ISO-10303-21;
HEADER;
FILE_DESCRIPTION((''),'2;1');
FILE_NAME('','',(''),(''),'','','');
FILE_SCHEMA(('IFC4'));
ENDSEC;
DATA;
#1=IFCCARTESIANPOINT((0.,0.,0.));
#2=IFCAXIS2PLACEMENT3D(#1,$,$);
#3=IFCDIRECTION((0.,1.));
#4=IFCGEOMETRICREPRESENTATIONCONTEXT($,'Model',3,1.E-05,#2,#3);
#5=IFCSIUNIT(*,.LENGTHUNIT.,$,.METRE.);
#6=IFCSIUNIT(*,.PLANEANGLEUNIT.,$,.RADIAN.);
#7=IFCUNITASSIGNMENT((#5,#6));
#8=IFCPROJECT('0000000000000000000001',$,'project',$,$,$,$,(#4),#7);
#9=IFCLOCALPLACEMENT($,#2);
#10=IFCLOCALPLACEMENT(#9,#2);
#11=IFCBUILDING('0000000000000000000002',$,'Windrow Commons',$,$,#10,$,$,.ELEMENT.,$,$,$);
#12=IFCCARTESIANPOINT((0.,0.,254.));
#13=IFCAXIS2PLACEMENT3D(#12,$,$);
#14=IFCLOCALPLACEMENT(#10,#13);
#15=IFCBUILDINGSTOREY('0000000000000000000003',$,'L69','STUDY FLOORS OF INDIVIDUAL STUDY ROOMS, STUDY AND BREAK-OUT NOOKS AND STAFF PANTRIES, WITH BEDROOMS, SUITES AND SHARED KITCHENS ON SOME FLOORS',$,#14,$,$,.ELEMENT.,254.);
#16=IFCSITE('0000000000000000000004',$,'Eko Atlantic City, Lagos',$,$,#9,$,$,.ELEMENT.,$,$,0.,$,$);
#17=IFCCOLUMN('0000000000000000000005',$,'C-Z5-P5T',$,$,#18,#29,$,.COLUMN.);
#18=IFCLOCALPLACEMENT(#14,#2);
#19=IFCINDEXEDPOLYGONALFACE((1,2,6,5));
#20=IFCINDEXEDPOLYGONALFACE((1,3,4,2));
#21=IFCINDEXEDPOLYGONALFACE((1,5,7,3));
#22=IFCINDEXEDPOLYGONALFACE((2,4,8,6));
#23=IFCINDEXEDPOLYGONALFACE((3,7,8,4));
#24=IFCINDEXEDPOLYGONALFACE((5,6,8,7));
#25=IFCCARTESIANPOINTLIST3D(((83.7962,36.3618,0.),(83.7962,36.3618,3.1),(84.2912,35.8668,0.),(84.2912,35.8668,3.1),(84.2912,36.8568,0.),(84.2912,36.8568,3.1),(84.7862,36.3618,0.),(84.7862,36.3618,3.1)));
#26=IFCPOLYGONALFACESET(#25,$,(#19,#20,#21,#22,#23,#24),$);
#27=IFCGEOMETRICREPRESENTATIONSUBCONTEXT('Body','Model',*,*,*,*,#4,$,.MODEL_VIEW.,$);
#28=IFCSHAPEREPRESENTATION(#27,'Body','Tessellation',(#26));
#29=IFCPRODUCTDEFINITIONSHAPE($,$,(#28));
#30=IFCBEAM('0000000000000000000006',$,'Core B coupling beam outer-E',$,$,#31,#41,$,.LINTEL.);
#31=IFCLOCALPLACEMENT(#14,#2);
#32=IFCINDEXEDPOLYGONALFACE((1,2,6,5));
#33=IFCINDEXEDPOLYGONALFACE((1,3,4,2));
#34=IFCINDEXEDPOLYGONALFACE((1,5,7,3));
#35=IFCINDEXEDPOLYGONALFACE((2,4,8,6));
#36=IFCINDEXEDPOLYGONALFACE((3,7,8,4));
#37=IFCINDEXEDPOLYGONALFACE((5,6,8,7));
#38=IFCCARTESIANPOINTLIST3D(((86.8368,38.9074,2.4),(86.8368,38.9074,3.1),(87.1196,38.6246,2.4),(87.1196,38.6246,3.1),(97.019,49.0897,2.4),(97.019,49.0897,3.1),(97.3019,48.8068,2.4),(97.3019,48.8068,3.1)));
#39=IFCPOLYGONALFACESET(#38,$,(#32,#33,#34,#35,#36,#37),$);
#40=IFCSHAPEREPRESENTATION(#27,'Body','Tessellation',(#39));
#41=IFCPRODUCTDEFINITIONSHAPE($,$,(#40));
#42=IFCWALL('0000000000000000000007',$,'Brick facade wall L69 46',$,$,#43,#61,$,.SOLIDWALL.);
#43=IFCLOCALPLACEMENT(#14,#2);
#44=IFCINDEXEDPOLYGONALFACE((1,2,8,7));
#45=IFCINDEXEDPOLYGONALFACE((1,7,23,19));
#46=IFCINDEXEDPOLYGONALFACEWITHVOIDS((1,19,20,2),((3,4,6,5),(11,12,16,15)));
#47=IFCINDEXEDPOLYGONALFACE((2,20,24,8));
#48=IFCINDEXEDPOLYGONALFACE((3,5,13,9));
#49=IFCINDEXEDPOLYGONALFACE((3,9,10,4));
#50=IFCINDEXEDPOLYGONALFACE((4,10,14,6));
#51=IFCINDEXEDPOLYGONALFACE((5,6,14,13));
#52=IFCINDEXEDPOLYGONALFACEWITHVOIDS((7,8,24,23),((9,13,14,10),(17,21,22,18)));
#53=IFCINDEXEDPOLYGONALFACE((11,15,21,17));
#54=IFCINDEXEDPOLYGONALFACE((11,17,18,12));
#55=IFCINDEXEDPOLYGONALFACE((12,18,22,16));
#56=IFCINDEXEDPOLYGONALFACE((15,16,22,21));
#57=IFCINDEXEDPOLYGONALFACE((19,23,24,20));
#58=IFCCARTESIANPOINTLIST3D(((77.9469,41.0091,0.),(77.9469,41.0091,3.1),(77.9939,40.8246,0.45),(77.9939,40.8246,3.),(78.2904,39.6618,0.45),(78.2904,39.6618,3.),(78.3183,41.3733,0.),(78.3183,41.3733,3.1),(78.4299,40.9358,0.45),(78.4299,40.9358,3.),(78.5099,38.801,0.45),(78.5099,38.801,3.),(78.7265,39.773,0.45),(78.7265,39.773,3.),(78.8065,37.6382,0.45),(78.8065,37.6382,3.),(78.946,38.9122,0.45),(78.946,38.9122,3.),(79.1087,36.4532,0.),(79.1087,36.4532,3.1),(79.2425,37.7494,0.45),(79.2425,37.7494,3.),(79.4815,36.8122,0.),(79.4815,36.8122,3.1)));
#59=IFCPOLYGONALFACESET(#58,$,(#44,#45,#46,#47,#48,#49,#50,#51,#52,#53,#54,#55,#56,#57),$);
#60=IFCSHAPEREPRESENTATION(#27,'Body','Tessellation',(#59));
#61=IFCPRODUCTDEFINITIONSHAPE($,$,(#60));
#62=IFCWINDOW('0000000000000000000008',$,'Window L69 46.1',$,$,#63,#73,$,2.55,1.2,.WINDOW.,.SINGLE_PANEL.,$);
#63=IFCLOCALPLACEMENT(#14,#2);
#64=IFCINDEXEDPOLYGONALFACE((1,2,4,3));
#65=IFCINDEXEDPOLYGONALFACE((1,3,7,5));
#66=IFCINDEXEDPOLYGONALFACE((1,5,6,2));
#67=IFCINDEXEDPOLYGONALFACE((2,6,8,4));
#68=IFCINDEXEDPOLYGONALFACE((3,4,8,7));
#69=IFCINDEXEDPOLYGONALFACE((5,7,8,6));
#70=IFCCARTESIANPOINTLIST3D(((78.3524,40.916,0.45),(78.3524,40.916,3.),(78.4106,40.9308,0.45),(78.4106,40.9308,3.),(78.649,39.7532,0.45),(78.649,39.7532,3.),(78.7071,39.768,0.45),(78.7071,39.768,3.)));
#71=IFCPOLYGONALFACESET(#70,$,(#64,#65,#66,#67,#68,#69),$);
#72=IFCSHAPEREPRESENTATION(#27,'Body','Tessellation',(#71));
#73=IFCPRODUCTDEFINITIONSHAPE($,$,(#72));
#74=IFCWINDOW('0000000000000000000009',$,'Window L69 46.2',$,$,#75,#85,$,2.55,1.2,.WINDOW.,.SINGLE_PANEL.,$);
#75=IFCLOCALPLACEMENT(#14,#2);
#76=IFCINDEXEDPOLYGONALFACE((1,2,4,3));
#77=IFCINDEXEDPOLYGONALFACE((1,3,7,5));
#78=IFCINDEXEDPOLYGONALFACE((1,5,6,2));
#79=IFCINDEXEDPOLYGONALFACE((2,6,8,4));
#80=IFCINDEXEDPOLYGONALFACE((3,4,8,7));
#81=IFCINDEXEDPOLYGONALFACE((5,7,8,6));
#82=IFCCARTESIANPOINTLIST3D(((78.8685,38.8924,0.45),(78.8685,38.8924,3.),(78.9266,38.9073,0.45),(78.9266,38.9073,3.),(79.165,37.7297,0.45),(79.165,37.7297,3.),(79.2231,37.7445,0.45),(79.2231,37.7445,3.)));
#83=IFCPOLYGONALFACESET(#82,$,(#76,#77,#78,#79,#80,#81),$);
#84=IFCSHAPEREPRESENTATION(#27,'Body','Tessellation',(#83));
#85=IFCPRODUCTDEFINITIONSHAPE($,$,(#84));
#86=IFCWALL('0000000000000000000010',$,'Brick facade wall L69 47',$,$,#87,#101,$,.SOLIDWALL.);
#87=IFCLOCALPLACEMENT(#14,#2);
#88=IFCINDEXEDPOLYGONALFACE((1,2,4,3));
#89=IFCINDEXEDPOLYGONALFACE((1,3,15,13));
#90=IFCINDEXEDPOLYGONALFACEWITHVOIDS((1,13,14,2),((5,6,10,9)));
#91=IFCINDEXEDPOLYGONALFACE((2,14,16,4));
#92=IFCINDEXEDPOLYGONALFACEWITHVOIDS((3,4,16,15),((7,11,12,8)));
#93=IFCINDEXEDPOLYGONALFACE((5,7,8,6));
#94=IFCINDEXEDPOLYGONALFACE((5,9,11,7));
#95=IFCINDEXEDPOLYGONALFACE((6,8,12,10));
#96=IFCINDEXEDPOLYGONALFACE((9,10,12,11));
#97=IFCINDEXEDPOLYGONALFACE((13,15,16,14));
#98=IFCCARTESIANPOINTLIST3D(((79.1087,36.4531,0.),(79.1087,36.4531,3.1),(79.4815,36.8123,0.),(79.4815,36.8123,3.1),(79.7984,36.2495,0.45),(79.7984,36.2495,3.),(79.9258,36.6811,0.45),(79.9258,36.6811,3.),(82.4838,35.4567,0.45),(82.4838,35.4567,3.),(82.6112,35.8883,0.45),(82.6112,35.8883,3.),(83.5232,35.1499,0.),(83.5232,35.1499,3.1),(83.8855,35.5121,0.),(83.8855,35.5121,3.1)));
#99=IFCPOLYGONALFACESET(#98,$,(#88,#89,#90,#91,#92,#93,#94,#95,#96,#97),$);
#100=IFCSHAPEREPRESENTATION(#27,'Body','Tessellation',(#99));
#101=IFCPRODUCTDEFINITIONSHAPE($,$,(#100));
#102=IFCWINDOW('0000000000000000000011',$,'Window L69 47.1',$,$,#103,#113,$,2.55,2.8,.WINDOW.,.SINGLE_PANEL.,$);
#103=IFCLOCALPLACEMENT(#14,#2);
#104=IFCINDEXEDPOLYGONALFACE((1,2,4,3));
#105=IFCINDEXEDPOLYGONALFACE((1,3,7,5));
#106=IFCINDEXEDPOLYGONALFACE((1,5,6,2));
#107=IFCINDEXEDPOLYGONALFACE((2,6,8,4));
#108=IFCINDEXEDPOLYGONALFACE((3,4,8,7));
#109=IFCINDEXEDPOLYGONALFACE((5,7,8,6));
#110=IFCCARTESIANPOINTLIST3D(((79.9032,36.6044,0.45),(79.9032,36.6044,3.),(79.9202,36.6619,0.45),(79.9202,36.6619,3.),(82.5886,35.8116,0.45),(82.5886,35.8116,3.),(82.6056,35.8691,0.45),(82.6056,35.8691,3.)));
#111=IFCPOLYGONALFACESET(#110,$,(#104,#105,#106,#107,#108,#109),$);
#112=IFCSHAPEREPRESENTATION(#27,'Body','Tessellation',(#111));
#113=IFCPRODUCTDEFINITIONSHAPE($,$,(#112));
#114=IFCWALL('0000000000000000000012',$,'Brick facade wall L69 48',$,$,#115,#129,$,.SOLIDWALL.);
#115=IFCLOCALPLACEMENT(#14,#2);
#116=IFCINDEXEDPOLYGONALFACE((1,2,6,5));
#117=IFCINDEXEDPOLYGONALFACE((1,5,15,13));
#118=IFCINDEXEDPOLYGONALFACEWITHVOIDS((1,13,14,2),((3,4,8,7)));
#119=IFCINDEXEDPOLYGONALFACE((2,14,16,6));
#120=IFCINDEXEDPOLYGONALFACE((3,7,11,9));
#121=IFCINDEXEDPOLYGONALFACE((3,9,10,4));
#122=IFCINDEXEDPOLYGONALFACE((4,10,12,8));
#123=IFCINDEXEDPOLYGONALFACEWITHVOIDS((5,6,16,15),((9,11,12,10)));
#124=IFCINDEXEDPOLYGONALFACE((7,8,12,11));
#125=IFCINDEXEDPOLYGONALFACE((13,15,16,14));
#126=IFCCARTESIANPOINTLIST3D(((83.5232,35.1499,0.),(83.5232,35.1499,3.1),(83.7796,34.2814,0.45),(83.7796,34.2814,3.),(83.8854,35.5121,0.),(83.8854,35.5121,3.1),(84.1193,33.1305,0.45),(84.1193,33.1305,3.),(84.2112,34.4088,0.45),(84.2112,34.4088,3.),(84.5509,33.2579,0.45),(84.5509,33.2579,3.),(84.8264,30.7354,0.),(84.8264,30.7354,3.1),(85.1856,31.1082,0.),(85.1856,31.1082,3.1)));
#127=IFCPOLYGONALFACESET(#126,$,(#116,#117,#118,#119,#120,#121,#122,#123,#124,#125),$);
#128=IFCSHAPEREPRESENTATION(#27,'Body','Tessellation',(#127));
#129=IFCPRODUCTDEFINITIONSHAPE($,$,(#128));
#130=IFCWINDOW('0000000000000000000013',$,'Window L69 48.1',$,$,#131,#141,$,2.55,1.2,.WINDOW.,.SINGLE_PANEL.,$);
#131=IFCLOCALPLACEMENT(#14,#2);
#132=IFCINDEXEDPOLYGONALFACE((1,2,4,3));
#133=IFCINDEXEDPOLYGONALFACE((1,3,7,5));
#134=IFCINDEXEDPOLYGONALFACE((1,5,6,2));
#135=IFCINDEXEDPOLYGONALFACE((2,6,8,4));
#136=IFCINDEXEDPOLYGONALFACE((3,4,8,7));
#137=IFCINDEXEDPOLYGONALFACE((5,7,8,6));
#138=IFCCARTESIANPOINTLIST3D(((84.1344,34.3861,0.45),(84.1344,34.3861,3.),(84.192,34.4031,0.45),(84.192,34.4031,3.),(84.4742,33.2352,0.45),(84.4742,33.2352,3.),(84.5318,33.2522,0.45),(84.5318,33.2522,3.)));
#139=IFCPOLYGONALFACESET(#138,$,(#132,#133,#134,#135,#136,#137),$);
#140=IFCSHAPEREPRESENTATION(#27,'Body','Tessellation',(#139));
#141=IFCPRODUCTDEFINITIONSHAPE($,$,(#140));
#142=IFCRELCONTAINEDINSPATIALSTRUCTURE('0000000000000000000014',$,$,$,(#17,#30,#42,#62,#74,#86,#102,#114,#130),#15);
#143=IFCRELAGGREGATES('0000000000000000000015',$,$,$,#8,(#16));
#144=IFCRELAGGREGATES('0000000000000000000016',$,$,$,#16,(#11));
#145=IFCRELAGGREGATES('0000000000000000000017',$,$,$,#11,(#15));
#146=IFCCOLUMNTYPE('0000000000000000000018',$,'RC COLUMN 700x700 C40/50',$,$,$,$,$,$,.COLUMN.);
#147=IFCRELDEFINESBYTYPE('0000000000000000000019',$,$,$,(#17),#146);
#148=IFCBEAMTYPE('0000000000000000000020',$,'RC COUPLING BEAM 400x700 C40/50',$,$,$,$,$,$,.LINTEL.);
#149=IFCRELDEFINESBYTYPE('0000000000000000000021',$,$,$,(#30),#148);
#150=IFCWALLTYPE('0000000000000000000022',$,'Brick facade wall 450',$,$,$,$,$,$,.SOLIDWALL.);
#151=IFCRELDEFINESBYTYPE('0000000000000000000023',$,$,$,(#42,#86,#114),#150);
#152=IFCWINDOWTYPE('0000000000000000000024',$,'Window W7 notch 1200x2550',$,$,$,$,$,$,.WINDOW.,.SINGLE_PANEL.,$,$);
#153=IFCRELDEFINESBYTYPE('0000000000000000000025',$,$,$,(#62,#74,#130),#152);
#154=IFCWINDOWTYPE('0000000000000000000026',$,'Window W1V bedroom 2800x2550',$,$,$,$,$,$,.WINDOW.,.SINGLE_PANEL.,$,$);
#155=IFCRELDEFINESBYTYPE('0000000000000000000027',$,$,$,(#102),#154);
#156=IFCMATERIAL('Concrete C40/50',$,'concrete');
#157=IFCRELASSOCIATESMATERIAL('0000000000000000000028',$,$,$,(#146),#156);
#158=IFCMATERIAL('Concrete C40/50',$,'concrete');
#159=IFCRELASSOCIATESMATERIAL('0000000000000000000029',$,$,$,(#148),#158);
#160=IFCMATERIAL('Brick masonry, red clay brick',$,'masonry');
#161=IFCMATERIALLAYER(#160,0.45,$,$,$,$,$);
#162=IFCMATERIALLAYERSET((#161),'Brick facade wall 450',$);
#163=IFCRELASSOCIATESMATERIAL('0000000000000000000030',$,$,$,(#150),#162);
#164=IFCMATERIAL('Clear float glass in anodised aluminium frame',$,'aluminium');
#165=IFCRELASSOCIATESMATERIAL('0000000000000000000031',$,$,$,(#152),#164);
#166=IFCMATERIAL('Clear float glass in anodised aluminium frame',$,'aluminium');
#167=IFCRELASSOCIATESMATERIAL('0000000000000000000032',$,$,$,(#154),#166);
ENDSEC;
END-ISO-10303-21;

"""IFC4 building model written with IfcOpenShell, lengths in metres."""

from ifc_helpers import new_model, si_unit, direction, frame, frame_2d, origin, origin_2d, place, context, subcontext, project, spatial, polyline, rectangle, outline, extrude, material, layer, layer_set, material_profile, profile_set, type_object, element, fill, save


model = new_model("IFC4")

# Units and contexts
model_context = context("Model", 3, precision=1e-05, world=origin(), true_north=direction((0.0, 1.0)))
body_context = subcontext(model_context, "Body", "Model", "MODEL_VIEW")
ifc_project = project(units=[si_unit("LENGTHUNIT", "METRE"), si_unit("PLANEANGLEUNIT", "RADIAN")], contexts=[model_context])

# Site, building, storey
site_placement = place(None, origin())
site = spatial("IfcSite", under=ifc_project, at=site_placement, Name="Eko Atlantic City, Lagos", CompositionType="ELEMENT", RefElevation=0.0)
building_placement = place(site_placement, origin())
building = spatial("IfcBuilding", under=site, at=building_placement, Name="Windrow Commons", CompositionType="ELEMENT")
storey_placement = place(building_placement, frame((0.0, 0.0, 254.0)))
storey = spatial("IfcBuildingStorey", under=building, at=storey_placement, Name="L69", Description="STUDY FLOORS OF INDIVIDUAL STUDY ROOMS, STUDY AND BREAK-OUT NOOKS AND STAFF PANTRIES, WITH BEDROOMS, SUITES AND SHARED KITCHENS ON SOME FLOORS", CompositionType="ELEMENT", Elevation=254.0)

# Column
ifc_material_1 = material(Name="Concrete C40/50", Category="concrete")
ifc_material_profile_1 = material_profile(ifc_material_1, rectangle(XDim=0.7, YDim=0.7, at=origin_2d()))
ifc_profile_set_1 = profile_set([ifc_material_profile_1], Name="Concrete C40/50")
column_type = type_object("IfcColumnType", Name="RC COLUMN 700x700 C40/50", PredefinedType="COLUMN", material=ifc_profile_set_1)
column_placement = place(storey_placement, frame((84.2912, 36.3618, 0.0), z_axis=(0.0, 0.0, 1.0), x_axis=(0.707107, -0.707107, 0.0)))
element("IfcColumn", 1, at=column_placement, inside=storey, type_object=column_type, Name="C-Z5-P5T", PredefinedType="COLUMN", context=body_context, shape_type="SweptSolid", body=[
    extrude(rectangle(XDim=0.7, YDim=0.7, at=origin_2d()), origin(), (0.0, 0.0, 1.0), 3.1),
])

# Beam
ifc_material_2 = material(Name="Concrete C40/50", Category="concrete")
ifc_material_profile_2 = material_profile(ifc_material_2, rectangle(XDim=0.4, YDim=0.7, at=origin_2d()))
ifc_profile_set_2 = profile_set([ifc_material_profile_2], Name="Concrete C40/50")
beam_type = type_object("IfcBeamType", Name="RC COUPLING BEAM 400x700 C40/50", PredefinedType="LINTEL", material=ifc_profile_set_2)
beam_placement = place(storey_placement, frame((86.9782, 38.766, 2.75), z_axis=(0.707107, 0.707107, 0.0), x_axis=(-0.707107, 0.707107, 0.0)))
element("IfcBeam", 2, at=beam_placement, inside=storey, type_object=beam_type, Name="Core B coupling beam outer-E", PredefinedType="LINTEL", context=body_context, shape_type="SweptSolid", body=[
    extrude(rectangle(XDim=0.4, YDim=0.7, at=origin_2d()), origin(), (0.0, 0.0, 1.0), 14.3999),
])

# Wall, openings, windows
ifc_material_3 = material(Name="Brick masonry, red clay brick", Category="masonry")
ifc_layer_1 = layer(ifc_material_3, 0.45)
ifc_layer_set_1 = layer_set([ifc_layer_1], Name="Brick facade wall 450")
wall_type_1 = type_object("IfcWallType", Name="Brick facade wall 450", PredefinedType="SOLIDWALL", material=ifc_layer_set_1)
wall_1_placement = place(storey_placement, frame((78.1326, 41.1912, 0.0), z_axis=(0.0, 0.0, 1.0), x_axis=(0.247109, -0.968988, 0.0)))
wall_1 = element("IfcWall", 3, at=wall_1_placement, inside=storey, type_object=wall_type_1, Name="Brick facade wall L69 46", PredefinedType="SOLIDWALL", context=body_context, shape_type="SweptSolid", body=[
    extrude(outline(polyline([(0.1306, -0.225), (4.8323, -0.225), (4.5765, 0.225), (-0.1306, 0.225), (0.1306, -0.225)])), origin(), (0.0, 0.0, 1.0), 3.1),
])
opening_1_placement = place(wall_1_placement, frame((0.321, 0.0, 0.45)))
opening_1 = element("IfcOpeningElement", 4, at=opening_1_placement, cuts=wall_1, PredefinedType="OPENING", context=body_context, shape_type="SweptSolid", body=[
    extrude(rectangle(XDim=1.2, YDim=2.55, at=frame_2d((0.6, 1.275))), frame((0.0, 0.235, 0.0), z_axis=(0.0, -1.0, 0.0), x_axis=(1.0, 0.0, 0.0)), (0.0, 0.0, 1.0), 0.47),
])
opening_2_placement = place(wall_1_placement, frame((2.4093, 0.0, 0.45)))
opening_2 = element("IfcOpeningElement", 5, at=opening_2_placement, cuts=wall_1, PredefinedType="OPENING", context=body_context, shape_type="SweptSolid", body=[
    extrude(rectangle(XDim=1.2, YDim=2.55, at=frame_2d((0.6, 1.275))), frame((0.0, 0.235, 0.0), z_axis=(0.0, -1.0, 0.0), x_axis=(1.0, 0.0, 0.0)), (0.0, 0.0, 1.0), 0.47),
])
ifc_material_4 = material(Name="Clear float glass in anodised aluminium frame", Category="aluminium")
window_type_1 = type_object("IfcWindowType", Name="Window W7 notch 1200x2550", PartitioningType="SINGLE_PANEL", PredefinedType="WINDOW", material=ifc_material_4)
window_1_placement = place(opening_1_placement, origin())
window_1 = element("IfcWindow", 6, at=window_1_placement, inside=storey, type_object=window_type_1, Name="Window L69 46.1", OverallHeight=2.55, OverallWidth=1.2, PartitioningType="SINGLE_PANEL", PredefinedType="WINDOW", context=body_context, shape_type="SweptSolid", body=[
    extrude(rectangle(XDim=1.2, YDim=2.55, at=frame_2d((0.6, 1.275))), frame((0.0, 0.205, 0.0), z_axis=(0.0, -1.0, 0.0), x_axis=(1.0, 0.0, 0.0)), (0.0, 0.0, 1.0), 0.06),
])
fill(opening_1, window_1)
window_2_placement = place(opening_2_placement, origin())
window_2 = element("IfcWindow", 7, at=window_2_placement, inside=storey, type_object=window_type_1, Name="Window L69 46.2", OverallHeight=2.55, OverallWidth=1.2, PartitioningType="SINGLE_PANEL", PredefinedType="WINDOW", context=body_context, shape_type="SweptSolid", body=[
    extrude(rectangle(XDim=1.2, YDim=2.55, at=frame_2d((0.6, 1.275))), frame((0.0, 0.205, 0.0), z_axis=(0.0, -1.0, 0.0), x_axis=(1.0, 0.0, 0.0)), (0.0, 0.0, 1.0), 0.06),
])
fill(opening_2, window_2)

# Walls, openings, windows
wall_2_placement = place(storey_placement, frame((79.2951, 36.6327, 0.0), z_axis=(0.0, 0.0, 1.0), x_axis=(0.959078, -0.283142, 0.0)))
wall_2 = element("IfcWall", 8, at=wall_2_placement, inside=storey, type_object=wall_type_1, Name="Brick facade wall L69 47", PredefinedType="SOLIDWALL", context=body_context, shape_type="SweptSolid", body=[
    extrude(outline(polyline([(-0.1279, -0.225), (4.4749, -0.225), (4.7198, 0.225), (0.1279, 0.225), (-0.1279, -0.225)])), origin(), (0.0, 0.0, 1.0), 3.1),
])
opening_3_placement = place(wall_2_placement, frame((0.5912, 0.0, 0.45)))
opening_3 = element("IfcOpeningElement", 9, at=opening_3_placement, cuts=wall_2, PredefinedType="OPENING", context=body_context, shape_type="SweptSolid", body=[
    extrude(rectangle(XDim=2.8, YDim=2.55, at=frame_2d((1.4, 1.275))), frame((0.0, 0.235, 0.0), z_axis=(0.0, -1.0, 0.0), x_axis=(1.0, 0.0, 0.0)), (0.0, 0.0, 1.0), 0.47),
])
ifc_material_5 = material(Name="Clear float glass in anodised aluminium frame", Category="aluminium")
window_type_2 = type_object("IfcWindowType", Name="Window W1V bedroom 2800x2550", PartitioningType="SINGLE_PANEL", PredefinedType="WINDOW", material=ifc_material_5)
window_3_placement = place(opening_3_placement, origin())
window_3 = element("IfcWindow", 10, at=window_3_placement, inside=storey, type_object=window_type_2, Name="Window L69 47.1", OverallHeight=2.55, OverallWidth=2.8, PartitioningType="SINGLE_PANEL", PredefinedType="WINDOW", context=body_context, shape_type="SweptSolid", body=[
    extrude(rectangle(XDim=2.8, YDim=2.55, at=frame_2d((1.4, 1.275))), frame((0.0, 0.205, 0.0), z_axis=(0.0, -1.0, 0.0), x_axis=(1.0, 0.0, 0.0)), (0.0, 0.0, 1.0), 0.06),
])
fill(opening_3, window_3)
wall_3_placement = place(storey_placement, frame((83.7043, 35.331, 0.0), z_axis=(0.0, 0.0, 1.0), x_axis=(0.283142, -0.959078, 0.0)))
wall_3 = element("IfcWall", 11, at=wall_3_placement, inside=storey, type_object=wall_type_1, Name="Brick facade wall L69 48", PredefinedType="SOLIDWALL", context=body_context, shape_type="SweptSolid", body=[
    extrude(outline(polyline([(0.1224, -0.225), (4.7253, -0.225), (4.4694, 0.225), (-0.1224, 0.225), (0.1224, -0.225)])), origin(), (0.0, 0.0, 1.0), 3.1),
])
opening_4_placement = place(wall_3_placement, frame((1.028, 0.0, 0.45)))
opening_4 = element("IfcOpeningElement", 12, at=opening_4_placement, cuts=wall_3, PredefinedType="OPENING", context=body_context, shape_type="SweptSolid", body=[
    extrude(rectangle(XDim=1.2, YDim=2.55, at=frame_2d((0.6, 1.275))), frame((0.0, 0.235, 0.0), z_axis=(0.0, -1.0, 0.0), x_axis=(1.0, 0.0, 0.0)), (0.0, 0.0, 1.0), 0.47),
])
window_4_placement = place(opening_4_placement, origin())
window_4 = element("IfcWindow", 13, at=window_4_placement, inside=storey, type_object=window_type_1, Name="Window L69 48.1", OverallHeight=2.55, OverallWidth=1.2, PartitioningType="SINGLE_PANEL", PredefinedType="WINDOW", context=body_context, shape_type="SweptSolid", body=[
    extrude(rectangle(XDim=1.2, YDim=2.55, at=frame_2d((0.6, 1.275))), frame((0.0, 0.205, 0.0), z_axis=(0.0, -1.0, 0.0), x_axis=(1.0, 0.0, 0.0)), (0.0, 0.0, 1.0), 0.06),
])
fill(opening_4, window_4)

save(model, "model.ifc")
